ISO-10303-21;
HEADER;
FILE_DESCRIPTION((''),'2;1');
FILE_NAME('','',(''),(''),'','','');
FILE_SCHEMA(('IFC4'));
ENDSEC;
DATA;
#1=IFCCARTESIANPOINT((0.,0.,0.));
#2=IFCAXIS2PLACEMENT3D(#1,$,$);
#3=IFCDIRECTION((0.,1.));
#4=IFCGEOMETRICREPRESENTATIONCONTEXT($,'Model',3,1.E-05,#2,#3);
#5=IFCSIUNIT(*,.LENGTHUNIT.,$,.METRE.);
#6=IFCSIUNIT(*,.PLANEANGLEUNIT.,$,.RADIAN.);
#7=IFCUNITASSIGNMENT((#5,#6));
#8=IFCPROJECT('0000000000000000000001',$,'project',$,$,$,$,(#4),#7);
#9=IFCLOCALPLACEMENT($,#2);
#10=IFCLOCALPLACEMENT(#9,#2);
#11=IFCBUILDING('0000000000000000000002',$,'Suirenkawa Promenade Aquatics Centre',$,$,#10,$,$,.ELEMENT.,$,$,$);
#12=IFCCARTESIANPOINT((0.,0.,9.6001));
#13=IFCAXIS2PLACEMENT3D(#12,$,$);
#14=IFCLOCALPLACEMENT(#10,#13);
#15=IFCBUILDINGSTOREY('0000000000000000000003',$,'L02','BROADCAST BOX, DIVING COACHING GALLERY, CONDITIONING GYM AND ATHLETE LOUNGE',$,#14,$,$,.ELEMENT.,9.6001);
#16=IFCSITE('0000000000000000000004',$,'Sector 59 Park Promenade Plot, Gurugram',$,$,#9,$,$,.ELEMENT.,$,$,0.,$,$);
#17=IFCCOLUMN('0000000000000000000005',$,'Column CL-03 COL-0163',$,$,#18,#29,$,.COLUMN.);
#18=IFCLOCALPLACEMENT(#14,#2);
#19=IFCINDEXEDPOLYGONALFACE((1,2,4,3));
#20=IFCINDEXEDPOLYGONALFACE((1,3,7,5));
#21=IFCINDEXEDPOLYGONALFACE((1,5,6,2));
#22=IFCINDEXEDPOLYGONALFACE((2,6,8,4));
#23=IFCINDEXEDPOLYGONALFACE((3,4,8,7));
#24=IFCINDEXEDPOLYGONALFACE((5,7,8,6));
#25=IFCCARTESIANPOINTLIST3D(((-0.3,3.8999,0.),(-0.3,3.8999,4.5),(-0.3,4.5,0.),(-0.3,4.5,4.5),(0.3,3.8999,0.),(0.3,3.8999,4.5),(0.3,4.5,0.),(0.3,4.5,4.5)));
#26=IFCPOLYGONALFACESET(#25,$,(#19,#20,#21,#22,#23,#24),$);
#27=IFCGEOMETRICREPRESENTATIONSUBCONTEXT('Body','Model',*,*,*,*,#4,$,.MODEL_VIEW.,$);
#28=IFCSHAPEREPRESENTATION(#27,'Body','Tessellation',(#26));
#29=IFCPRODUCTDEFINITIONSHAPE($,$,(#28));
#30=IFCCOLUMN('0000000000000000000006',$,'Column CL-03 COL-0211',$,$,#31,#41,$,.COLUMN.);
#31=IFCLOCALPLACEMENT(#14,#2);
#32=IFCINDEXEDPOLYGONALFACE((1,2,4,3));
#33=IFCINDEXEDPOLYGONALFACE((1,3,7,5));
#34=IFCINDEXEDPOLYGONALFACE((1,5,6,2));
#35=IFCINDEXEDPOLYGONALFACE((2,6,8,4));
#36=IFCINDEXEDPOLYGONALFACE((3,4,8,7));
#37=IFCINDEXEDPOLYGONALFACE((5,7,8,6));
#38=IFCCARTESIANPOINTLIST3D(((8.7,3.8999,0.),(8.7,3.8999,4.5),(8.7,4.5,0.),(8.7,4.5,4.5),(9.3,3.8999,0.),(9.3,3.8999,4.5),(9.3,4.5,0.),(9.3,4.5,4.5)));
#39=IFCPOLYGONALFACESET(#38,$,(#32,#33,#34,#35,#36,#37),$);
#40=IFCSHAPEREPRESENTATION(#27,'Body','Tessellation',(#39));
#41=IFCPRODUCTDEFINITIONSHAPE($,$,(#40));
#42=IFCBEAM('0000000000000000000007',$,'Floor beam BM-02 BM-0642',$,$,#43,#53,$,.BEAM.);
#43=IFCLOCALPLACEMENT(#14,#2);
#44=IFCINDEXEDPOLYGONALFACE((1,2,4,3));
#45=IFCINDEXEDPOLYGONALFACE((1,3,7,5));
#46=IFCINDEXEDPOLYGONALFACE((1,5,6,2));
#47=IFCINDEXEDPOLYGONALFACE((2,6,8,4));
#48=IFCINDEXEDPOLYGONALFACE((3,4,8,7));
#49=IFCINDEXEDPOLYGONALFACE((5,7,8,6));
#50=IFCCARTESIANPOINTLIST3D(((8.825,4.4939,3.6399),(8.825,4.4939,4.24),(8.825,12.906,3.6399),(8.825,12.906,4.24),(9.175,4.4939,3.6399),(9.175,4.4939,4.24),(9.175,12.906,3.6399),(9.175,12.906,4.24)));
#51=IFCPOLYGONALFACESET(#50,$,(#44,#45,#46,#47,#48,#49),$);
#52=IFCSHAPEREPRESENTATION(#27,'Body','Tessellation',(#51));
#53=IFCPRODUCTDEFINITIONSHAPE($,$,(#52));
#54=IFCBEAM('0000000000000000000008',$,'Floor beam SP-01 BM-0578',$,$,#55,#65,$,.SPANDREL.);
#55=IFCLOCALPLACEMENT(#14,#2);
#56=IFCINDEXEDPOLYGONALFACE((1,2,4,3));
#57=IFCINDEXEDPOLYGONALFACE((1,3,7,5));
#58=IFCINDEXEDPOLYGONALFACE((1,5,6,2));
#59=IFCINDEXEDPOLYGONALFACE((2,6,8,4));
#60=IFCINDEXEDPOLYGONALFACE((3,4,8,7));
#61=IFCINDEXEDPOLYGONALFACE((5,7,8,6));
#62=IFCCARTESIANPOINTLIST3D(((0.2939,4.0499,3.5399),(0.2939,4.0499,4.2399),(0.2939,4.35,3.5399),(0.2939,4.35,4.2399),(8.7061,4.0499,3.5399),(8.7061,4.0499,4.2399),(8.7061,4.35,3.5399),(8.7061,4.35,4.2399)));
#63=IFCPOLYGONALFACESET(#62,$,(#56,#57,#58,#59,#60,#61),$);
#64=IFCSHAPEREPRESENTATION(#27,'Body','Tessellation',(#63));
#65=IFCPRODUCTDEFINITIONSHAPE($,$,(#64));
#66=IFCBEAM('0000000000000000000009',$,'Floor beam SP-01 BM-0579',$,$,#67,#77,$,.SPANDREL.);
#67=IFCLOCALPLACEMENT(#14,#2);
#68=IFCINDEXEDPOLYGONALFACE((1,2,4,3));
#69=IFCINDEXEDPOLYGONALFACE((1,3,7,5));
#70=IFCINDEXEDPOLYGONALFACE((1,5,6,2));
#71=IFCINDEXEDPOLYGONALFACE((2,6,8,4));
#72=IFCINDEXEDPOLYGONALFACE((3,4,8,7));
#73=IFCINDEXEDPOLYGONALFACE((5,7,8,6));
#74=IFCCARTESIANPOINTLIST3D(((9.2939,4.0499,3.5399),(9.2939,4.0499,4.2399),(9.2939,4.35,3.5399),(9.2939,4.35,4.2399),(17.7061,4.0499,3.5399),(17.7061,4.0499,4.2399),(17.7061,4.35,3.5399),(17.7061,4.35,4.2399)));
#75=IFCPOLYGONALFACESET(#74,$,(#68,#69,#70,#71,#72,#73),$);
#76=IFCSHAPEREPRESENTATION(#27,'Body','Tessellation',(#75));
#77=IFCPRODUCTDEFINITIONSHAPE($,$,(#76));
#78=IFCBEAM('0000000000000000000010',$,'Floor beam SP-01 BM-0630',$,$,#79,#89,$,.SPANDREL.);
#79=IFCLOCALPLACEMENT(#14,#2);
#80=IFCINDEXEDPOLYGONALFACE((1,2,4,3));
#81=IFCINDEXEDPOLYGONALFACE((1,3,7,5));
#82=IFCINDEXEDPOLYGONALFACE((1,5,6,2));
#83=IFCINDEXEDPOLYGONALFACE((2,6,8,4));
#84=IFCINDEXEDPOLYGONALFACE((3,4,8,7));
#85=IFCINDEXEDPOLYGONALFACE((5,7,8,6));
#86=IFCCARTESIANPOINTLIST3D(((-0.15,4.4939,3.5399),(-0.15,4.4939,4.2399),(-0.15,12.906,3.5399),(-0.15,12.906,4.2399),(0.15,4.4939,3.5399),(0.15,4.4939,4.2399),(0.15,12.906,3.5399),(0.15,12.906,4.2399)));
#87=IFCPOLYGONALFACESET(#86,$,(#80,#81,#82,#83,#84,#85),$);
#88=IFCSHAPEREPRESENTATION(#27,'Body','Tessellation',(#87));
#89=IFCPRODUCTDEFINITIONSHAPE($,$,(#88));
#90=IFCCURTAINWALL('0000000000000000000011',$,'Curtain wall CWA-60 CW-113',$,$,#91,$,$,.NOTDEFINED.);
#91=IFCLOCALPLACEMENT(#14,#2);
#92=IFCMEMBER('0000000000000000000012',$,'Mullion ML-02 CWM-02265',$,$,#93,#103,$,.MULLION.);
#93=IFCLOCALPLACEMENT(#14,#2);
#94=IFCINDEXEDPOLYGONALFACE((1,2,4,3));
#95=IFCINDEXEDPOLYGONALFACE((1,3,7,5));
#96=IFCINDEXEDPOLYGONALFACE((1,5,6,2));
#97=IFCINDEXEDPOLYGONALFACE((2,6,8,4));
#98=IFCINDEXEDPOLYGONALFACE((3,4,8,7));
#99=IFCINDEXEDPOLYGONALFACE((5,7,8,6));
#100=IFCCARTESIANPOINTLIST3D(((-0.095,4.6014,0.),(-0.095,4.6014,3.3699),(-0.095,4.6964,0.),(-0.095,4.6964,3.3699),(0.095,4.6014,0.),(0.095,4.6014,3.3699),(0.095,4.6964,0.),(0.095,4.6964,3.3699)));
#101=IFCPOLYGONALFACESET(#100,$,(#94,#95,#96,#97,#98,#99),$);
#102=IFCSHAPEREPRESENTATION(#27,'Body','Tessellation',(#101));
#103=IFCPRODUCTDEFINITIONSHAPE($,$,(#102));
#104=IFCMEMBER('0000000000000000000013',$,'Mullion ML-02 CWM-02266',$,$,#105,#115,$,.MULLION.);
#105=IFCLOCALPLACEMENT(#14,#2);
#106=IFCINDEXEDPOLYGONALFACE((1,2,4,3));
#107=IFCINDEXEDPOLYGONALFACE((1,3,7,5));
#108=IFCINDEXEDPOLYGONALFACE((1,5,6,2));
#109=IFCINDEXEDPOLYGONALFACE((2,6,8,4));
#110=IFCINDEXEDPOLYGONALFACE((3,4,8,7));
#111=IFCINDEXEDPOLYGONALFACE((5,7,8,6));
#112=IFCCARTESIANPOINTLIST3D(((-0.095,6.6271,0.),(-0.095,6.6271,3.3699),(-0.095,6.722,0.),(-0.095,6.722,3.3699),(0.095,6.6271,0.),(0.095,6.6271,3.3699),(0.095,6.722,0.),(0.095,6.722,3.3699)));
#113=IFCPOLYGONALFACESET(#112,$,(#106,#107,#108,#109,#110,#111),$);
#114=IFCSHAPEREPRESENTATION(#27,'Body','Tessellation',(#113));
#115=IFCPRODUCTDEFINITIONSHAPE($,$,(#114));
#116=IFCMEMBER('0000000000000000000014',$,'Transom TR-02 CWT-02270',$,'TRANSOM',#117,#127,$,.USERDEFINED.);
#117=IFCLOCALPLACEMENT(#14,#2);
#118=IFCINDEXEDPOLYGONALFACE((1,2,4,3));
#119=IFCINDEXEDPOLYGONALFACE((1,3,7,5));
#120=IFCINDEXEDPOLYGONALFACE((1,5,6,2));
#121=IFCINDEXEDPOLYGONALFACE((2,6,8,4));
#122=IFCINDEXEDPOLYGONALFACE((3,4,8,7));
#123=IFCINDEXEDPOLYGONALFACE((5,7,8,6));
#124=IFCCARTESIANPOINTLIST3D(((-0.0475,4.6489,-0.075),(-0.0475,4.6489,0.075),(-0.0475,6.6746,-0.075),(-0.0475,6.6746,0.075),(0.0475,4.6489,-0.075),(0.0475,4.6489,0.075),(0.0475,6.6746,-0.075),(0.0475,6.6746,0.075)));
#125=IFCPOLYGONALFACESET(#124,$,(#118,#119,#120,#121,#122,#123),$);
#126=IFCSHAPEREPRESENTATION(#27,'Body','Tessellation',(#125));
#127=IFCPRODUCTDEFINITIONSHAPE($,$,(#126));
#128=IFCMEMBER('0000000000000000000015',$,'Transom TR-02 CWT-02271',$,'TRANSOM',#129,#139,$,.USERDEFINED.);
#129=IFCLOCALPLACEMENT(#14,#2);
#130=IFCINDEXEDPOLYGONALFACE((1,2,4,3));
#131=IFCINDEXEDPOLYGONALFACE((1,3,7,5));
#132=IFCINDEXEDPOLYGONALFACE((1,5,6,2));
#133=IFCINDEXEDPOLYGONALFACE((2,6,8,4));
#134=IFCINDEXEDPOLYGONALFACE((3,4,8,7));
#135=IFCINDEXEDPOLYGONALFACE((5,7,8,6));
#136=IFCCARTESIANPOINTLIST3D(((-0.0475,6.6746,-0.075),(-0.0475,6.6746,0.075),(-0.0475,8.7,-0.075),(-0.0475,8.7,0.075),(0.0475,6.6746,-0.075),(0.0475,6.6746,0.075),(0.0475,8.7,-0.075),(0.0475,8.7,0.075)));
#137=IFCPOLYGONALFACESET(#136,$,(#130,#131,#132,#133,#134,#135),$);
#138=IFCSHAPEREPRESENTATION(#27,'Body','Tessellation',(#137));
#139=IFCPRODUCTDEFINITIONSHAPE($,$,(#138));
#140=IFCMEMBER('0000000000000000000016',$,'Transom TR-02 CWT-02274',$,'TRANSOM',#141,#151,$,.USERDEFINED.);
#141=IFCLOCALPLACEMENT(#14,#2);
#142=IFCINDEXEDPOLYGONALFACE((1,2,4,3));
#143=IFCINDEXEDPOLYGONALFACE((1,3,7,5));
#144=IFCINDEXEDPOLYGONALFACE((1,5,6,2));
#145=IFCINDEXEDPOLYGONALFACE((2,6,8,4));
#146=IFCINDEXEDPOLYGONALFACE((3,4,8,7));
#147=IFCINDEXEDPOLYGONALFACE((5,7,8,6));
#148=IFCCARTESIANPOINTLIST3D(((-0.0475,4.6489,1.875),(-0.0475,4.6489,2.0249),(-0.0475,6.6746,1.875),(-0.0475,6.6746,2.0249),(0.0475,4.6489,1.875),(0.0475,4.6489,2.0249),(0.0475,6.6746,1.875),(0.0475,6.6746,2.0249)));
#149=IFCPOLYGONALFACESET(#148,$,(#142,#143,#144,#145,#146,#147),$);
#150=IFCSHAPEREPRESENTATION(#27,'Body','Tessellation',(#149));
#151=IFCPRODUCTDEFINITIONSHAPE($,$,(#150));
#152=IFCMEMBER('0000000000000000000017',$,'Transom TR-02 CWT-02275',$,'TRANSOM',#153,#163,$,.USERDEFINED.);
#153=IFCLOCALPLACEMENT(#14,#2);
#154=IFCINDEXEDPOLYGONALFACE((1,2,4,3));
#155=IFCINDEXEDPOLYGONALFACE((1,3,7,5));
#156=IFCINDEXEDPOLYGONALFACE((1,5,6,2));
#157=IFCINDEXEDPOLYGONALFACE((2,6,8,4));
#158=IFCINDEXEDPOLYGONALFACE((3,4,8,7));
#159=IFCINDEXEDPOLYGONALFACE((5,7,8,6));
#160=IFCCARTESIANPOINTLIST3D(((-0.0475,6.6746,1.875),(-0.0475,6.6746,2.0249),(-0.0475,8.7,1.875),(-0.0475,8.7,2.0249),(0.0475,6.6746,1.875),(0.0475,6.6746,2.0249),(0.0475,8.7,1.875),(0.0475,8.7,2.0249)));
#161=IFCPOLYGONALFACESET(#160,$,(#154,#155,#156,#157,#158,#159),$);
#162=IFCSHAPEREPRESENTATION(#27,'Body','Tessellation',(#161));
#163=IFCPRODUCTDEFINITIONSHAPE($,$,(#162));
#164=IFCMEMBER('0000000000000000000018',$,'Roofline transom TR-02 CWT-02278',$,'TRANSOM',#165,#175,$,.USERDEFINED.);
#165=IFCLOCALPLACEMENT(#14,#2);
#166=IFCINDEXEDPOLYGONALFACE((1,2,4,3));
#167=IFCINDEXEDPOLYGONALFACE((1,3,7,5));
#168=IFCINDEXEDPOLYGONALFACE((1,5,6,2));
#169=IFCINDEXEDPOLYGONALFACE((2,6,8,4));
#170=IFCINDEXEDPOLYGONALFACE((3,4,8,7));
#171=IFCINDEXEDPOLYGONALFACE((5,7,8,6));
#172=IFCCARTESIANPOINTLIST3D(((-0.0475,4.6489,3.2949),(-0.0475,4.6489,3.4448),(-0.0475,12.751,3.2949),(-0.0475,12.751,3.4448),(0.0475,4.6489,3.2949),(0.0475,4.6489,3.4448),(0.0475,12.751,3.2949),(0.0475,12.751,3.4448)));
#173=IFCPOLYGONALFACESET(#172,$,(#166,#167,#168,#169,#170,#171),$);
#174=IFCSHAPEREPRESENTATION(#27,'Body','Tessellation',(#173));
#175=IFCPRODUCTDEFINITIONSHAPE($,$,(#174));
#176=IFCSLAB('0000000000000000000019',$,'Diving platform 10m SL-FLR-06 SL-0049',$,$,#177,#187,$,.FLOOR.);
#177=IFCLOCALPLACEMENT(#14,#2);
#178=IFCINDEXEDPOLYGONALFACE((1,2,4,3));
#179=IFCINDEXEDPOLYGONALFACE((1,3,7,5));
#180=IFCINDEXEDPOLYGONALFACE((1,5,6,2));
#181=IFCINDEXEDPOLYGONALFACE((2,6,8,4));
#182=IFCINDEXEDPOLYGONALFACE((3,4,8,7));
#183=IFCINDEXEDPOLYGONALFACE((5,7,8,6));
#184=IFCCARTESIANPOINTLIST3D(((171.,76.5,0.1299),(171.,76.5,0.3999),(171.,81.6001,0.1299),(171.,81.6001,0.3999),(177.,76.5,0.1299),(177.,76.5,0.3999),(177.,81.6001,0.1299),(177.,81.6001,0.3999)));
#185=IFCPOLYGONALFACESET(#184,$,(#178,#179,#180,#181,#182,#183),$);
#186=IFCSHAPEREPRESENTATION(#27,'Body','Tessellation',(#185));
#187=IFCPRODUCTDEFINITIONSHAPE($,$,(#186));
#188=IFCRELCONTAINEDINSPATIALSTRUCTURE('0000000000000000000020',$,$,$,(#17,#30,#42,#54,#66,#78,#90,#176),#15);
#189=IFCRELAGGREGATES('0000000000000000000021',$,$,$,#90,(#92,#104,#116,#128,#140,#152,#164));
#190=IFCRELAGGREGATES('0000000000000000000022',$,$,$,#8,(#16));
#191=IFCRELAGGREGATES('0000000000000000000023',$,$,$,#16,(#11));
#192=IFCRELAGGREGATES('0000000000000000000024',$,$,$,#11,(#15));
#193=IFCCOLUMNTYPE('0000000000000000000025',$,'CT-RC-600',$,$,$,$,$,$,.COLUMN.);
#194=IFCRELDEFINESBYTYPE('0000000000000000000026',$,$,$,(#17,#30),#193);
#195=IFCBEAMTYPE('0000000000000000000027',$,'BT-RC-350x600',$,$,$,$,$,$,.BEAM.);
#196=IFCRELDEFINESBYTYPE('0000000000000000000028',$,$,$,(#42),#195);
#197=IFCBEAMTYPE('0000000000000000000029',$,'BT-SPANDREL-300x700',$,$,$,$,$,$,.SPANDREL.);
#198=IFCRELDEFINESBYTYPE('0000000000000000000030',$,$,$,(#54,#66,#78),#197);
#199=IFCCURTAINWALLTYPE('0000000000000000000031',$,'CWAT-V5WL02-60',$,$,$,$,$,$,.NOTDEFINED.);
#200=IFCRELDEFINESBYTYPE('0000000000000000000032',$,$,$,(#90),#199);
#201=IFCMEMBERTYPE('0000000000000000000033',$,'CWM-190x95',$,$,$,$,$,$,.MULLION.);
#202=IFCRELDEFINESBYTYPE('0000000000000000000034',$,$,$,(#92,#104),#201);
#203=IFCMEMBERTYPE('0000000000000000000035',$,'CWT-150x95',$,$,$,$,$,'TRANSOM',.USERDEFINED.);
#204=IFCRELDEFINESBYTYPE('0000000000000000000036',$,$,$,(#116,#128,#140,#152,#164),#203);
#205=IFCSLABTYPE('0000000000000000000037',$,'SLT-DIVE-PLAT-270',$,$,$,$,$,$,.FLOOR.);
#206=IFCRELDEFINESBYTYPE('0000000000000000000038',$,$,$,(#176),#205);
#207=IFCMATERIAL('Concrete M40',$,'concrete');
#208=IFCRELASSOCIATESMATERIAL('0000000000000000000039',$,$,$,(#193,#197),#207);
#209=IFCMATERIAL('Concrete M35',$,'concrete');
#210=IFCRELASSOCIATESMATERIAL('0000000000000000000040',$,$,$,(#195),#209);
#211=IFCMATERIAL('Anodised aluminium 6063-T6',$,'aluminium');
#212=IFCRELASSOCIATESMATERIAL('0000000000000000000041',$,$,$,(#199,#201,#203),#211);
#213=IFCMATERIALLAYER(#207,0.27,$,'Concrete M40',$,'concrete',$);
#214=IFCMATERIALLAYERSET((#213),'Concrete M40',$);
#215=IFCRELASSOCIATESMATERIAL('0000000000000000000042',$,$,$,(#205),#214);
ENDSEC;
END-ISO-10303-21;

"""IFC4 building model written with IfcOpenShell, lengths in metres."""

from ifc_helpers import new_model, si_unit, direction, frame, origin, origin_2d, place, context, subcontext, project, spatial, polyline, rectangle, outline, extrude, material, layer, layer_set, material_profile, profile_set, type_object, element, aggregate, save


model = new_model("IFC4")

# Units and contexts
model_context = context("Model", 3, precision=1e-05, world=origin(), true_north=direction((0.0, 1.0)))
body_context = subcontext(model_context, "Body", "Model", "MODEL_VIEW")
ifc_project = project(units=[si_unit("LENGTHUNIT", "METRE"), si_unit("PLANEANGLEUNIT", "RADIAN")], contexts=[model_context])

# Site, building, storey
site_placement = place(None, origin())
site = spatial("IfcSite", under=ifc_project, at=site_placement, Name="Sector 59 Park Promenade Plot, Gurugram", CompositionType="ELEMENT", RefElevation=0.0)
building_placement = place(site_placement, origin())
building = spatial("IfcBuilding", under=site, at=building_placement, Name="Suirenkawa Promenade Aquatics Centre", CompositionType="ELEMENT")
storey_placement = place(building_placement, frame((0.0, 0.0, 9.6001)))
storey = spatial("IfcBuildingStorey", under=building, at=storey_placement, Name="L02", Description="BROADCAST BOX, DIVING COACHING GALLERY, CONDITIONING GYM AND ATHLETE LOUNGE", CompositionType="ELEMENT", Elevation=9.6001)

# Columns
ifc_material_1 = material(Name="Concrete M40", Category="concrete")
ifc_material_profile_1 = material_profile(ifc_material_1, rectangle(XDim=0.6001, YDim=0.6001, at=origin_2d()), Name="RC COL 600x600", Category="concrete")
ifc_profile_set_1 = profile_set([ifc_material_profile_1], Name="Concrete M40")
column_type = type_object("IfcColumnType", Name="CT-RC-600", PredefinedType="COLUMN", material=ifc_profile_set_1)
for number, where, z_axis, x_axis, name in (
    (1, (0.0, 4.2, 0.0), (0.0, 0.0, 1.0), (1.0, 0.0, 0.0), "Column CL-03 COL-0163"),
    (2, (9.0, 4.2, 0.0), (0.0, 0.0, 1.0), (1.0, 0.0, 0.0), "Column CL-03 COL-0211"),
):
    element("IfcColumn", number, at=place(storey_placement, frame(where, z_axis=z_axis, x_axis=x_axis)), inside=storey, type_object=column_type, Name=name, PredefinedType="COLUMN", context=body_context, shape_type="SweptSolid", body=[
        extrude(rectangle(XDim=0.6001, YDim=0.6001, at=origin_2d()), origin(), (0.0, 0.0, 1.0), 4.5),
    ])

# Beams
ifc_material_2 = material(Name="Concrete M35", Category="concrete")
ifc_material_profile_2 = material_profile(ifc_material_2, rectangle(XDim=0.3501, YDim=0.6001, at=origin_2d()), Name="RC BM 350x600", Category="concrete")
ifc_profile_set_2 = profile_set([ifc_material_profile_2], Name="Concrete M35")
beam_type_1 = type_object("IfcBeamType", Name="BT-RC-350x600", PredefinedType="BEAM", material=ifc_profile_set_2)
beam_placement = place(storey_placement, frame((9.0, 4.4939, 3.9399), z_axis=(0.0, 1.0, 0.0), x_axis=(-1.0, 0.0, 0.0)))
element("IfcBeam", 3, at=beam_placement, inside=storey, type_object=beam_type_1, Name="Floor beam BM-02 BM-0642", PredefinedType="BEAM", context=body_context, shape_type="SweptSolid", body=[
    extrude(rectangle(XDim=0.3501, YDim=0.6001, at=origin_2d()), origin(), (0.0, 0.0, 1.0), 8.4121),
])
ifc_material_profile_3 = material_profile(ifc_material_1, rectangle(XDim=0.3, YDim=0.7, at=origin_2d()), Name="RC SPANDREL 300x700", Category="concrete")
ifc_profile_set_3 = profile_set([ifc_material_profile_3], Name="Concrete M40")
beam_type_2 = type_object("IfcBeamType", Name="BT-SPANDREL-300x700", PredefinedType="SPANDREL", material=ifc_profile_set_3)
for number, where, z_axis, x_axis, name in (
    (4, (0.2939, 4.2, 3.8899), (1.0, 0.0, 0.0), (0.0, 1.0, 0.0), "Floor beam SP-01 BM-0578"),
    (5, (9.2939, 4.2, 3.8899), (1.0, 0.0, 0.0), (0.0, 1.0, 0.0), "Floor beam SP-01 BM-0579"),
    (6, (0.0, 4.4939, 3.8899), (0.0, 1.0, 0.0), (-1.0, 0.0, 0.0), "Floor beam SP-01 BM-0630"),
):
    element("IfcBeam", number, at=place(storey_placement, frame(where, z_axis=z_axis, x_axis=x_axis)), inside=storey, type_object=beam_type_2, Name=name, PredefinedType="SPANDREL", context=body_context, shape_type="SweptSolid", body=[
        extrude(rectangle(XDim=0.3, YDim=0.7, at=origin_2d()), origin(), (0.0, 0.0, 1.0), 8.4121),
    ])

# Curtain wall, members
ifc_material_3 = material(Name="Anodised aluminium 6063-T6", Category="aluminium")
curtain_wall_type = type_object("IfcCurtainWallType", Name="CWAT-V5WL02-60", PredefinedType="NOTDEFINED", material=ifc_material_3)
curtain_wall_placement = place(storey_placement, origin())
curtain_wall = element("IfcCurtainWall", 7, at=curtain_wall_placement, inside=storey, type_object=curtain_wall_type, Name="Curtain wall CWA-60 CW-113", PredefinedType="NOTDEFINED")
ifc_material_profile_4 = material_profile(ifc_material_3, rectangle(XDim=0.095, YDim=0.1899, at=origin_2d()), Name="ALU MULL 95x190", Category="aluminium")
ifc_profile_set_4 = profile_set([ifc_material_profile_4], Name="Anodised aluminium 6063-T6")
member_type_1 = type_object("IfcMemberType", Name="CWM-190x95", PredefinedType="MULLION", material=ifc_profile_set_4)
member_1_placement = place(storey_placement, frame((0.0, 4.6489, 0.0), z_axis=(0.0, 0.0, 1.0), x_axis=(0.0, 1.0, 0.0)))
member_1 = element("IfcMember", 8, at=member_1_placement, type_object=member_type_1, Name="Mullion ML-02 CWM-02265", PredefinedType="MULLION", context=body_context, shape_type="SweptSolid", body=[
    extrude(rectangle(XDim=0.095, YDim=0.1899, at=origin_2d()), origin(), (0.0, 0.0, 1.0), 3.3699),
])
member_2_placement = place(storey_placement, frame((0.0, 6.6746, 0.0), z_axis=(0.0, 0.0, 1.0), x_axis=(0.0, 1.0, 0.0)))
member_2 = element("IfcMember", 9, at=member_2_placement, type_object=member_type_1, Name="Mullion ML-02 CWM-02266", PredefinedType="MULLION", context=body_context, shape_type="SweptSolid", body=[
    extrude(rectangle(XDim=0.095, YDim=0.1899, at=origin_2d()), origin(), (0.0, 0.0, 1.0), 3.3699),
])
ifc_material_profile_5 = material_profile(ifc_material_3, rectangle(XDim=0.095, YDim=0.1499, at=origin_2d()), Name="ALU TRAN 95x150", Category="aluminium")
ifc_profile_set_5 = profile_set([ifc_material_profile_5], Name="Anodised aluminium 6063-T6")
member_type_2 = type_object("IfcMemberType", Name="CWT-150x95", ElementType="TRANSOM", PredefinedType="USERDEFINED", material=ifc_profile_set_5)
member_3_placement = place(storey_placement, frame((0.0, 4.6489, 0.0), z_axis=(0.0, 1.0, 0.0), x_axis=(-1.0, 0.0, 0.0)))
member_3 = element("IfcMember", 10, at=member_3_placement, type_object=member_type_2, Name="Transom TR-02 CWT-02270", ObjectType="TRANSOM", PredefinedType="USERDEFINED", context=body_context, shape_type="SweptSolid", body=[
    extrude(rectangle(XDim=0.095, YDim=0.1499, at=origin_2d()), origin(), (0.0, 0.0, 1.0), 2.0256),
])
member_4_placement = place(storey_placement, frame((0.0, 6.6746, 0.0), z_axis=(0.0, 1.0, 0.0), x_axis=(-1.0, 0.0, 0.0)))
member_4 = element("IfcMember", 11, at=member_4_placement, type_object=member_type_2, Name="Transom TR-02 CWT-02271", ObjectType="TRANSOM", PredefinedType="USERDEFINED", context=body_context, shape_type="SweptSolid", body=[
    extrude(rectangle(XDim=0.095, YDim=0.1499, at=origin_2d()), origin(), (0.0, 0.0, 1.0), 2.0254),
])
member_5_placement = place(storey_placement, frame((0.0, 4.6489, 1.95), z_axis=(0.0, 1.0, 0.0), x_axis=(-1.0, 0.0, 0.0)))
member_5 = element("IfcMember", 12, at=member_5_placement, type_object=member_type_2, Name="Transom TR-02 CWT-02274", ObjectType="TRANSOM", PredefinedType="USERDEFINED", context=body_context, shape_type="SweptSolid", body=[
    extrude(rectangle(XDim=0.095, YDim=0.1499, at=origin_2d()), origin(), (0.0, 0.0, 1.0), 2.0256),
])
member_6_placement = place(storey_placement, frame((0.0, 6.6746, 1.95), z_axis=(0.0, 1.0, 0.0), x_axis=(-1.0, 0.0, 0.0)))
member_6 = element("IfcMember", 13, at=member_6_placement, type_object=member_type_2, Name="Transom TR-02 CWT-02275", ObjectType="TRANSOM", PredefinedType="USERDEFINED", context=body_context, shape_type="SweptSolid", body=[
    extrude(rectangle(XDim=0.095, YDim=0.1499, at=origin_2d()), origin(), (0.0, 0.0, 1.0), 2.0254),
])
member_7_placement = place(storey_placement, frame((0.0, 4.6489, 3.3699), z_axis=(0.0, 1.0, 0.0), x_axis=(-1.0, 0.0, 0.0)))
member_7 = element("IfcMember", 14, at=member_7_placement, type_object=member_type_2, Name="Roofline transom TR-02 CWT-02278", ObjectType="TRANSOM", PredefinedType="USERDEFINED", context=body_context, shape_type="SweptSolid", body=[
    extrude(rectangle(XDim=0.095, YDim=0.1499, at=origin_2d()), origin(), (0.0, 0.0, 1.0), 8.1021),
])
aggregate(curtain_wall, [member_1, member_2, member_3, member_4, member_5, member_6, member_7])

# Slab
ifc_layer_1 = layer(ifc_material_1, 0.27, Name="Concrete M40", Category="concrete")
ifc_layer_set_1 = layer_set([ifc_layer_1], Name="Concrete M40")
slab_type_1 = type_object("IfcSlabType", Name="SLT-DIVE-PLAT-270", PredefinedType="FLOOR", material=ifc_layer_set_1)
slab_1_placement = place(storey_placement, frame((0.0, 0.0, 0.1299)))
element("IfcSlab", 15, at=slab_1_placement, inside=storey, type_object=slab_type_1, Name="Diving platform 10m SL-FLR-06 SL-0049", PredefinedType="FLOOR", context=body_context, shape_type="SweptSolid", body=[
    extrude(outline(polyline([(171.0, 76.5), (177.0, 76.5), (177.0, 81.6001), (171.0, 81.6001), (171.0, 76.5)])), origin(), (0.0, 0.0, 1.0), 0.27),
])

save(model, "model.ifc")
